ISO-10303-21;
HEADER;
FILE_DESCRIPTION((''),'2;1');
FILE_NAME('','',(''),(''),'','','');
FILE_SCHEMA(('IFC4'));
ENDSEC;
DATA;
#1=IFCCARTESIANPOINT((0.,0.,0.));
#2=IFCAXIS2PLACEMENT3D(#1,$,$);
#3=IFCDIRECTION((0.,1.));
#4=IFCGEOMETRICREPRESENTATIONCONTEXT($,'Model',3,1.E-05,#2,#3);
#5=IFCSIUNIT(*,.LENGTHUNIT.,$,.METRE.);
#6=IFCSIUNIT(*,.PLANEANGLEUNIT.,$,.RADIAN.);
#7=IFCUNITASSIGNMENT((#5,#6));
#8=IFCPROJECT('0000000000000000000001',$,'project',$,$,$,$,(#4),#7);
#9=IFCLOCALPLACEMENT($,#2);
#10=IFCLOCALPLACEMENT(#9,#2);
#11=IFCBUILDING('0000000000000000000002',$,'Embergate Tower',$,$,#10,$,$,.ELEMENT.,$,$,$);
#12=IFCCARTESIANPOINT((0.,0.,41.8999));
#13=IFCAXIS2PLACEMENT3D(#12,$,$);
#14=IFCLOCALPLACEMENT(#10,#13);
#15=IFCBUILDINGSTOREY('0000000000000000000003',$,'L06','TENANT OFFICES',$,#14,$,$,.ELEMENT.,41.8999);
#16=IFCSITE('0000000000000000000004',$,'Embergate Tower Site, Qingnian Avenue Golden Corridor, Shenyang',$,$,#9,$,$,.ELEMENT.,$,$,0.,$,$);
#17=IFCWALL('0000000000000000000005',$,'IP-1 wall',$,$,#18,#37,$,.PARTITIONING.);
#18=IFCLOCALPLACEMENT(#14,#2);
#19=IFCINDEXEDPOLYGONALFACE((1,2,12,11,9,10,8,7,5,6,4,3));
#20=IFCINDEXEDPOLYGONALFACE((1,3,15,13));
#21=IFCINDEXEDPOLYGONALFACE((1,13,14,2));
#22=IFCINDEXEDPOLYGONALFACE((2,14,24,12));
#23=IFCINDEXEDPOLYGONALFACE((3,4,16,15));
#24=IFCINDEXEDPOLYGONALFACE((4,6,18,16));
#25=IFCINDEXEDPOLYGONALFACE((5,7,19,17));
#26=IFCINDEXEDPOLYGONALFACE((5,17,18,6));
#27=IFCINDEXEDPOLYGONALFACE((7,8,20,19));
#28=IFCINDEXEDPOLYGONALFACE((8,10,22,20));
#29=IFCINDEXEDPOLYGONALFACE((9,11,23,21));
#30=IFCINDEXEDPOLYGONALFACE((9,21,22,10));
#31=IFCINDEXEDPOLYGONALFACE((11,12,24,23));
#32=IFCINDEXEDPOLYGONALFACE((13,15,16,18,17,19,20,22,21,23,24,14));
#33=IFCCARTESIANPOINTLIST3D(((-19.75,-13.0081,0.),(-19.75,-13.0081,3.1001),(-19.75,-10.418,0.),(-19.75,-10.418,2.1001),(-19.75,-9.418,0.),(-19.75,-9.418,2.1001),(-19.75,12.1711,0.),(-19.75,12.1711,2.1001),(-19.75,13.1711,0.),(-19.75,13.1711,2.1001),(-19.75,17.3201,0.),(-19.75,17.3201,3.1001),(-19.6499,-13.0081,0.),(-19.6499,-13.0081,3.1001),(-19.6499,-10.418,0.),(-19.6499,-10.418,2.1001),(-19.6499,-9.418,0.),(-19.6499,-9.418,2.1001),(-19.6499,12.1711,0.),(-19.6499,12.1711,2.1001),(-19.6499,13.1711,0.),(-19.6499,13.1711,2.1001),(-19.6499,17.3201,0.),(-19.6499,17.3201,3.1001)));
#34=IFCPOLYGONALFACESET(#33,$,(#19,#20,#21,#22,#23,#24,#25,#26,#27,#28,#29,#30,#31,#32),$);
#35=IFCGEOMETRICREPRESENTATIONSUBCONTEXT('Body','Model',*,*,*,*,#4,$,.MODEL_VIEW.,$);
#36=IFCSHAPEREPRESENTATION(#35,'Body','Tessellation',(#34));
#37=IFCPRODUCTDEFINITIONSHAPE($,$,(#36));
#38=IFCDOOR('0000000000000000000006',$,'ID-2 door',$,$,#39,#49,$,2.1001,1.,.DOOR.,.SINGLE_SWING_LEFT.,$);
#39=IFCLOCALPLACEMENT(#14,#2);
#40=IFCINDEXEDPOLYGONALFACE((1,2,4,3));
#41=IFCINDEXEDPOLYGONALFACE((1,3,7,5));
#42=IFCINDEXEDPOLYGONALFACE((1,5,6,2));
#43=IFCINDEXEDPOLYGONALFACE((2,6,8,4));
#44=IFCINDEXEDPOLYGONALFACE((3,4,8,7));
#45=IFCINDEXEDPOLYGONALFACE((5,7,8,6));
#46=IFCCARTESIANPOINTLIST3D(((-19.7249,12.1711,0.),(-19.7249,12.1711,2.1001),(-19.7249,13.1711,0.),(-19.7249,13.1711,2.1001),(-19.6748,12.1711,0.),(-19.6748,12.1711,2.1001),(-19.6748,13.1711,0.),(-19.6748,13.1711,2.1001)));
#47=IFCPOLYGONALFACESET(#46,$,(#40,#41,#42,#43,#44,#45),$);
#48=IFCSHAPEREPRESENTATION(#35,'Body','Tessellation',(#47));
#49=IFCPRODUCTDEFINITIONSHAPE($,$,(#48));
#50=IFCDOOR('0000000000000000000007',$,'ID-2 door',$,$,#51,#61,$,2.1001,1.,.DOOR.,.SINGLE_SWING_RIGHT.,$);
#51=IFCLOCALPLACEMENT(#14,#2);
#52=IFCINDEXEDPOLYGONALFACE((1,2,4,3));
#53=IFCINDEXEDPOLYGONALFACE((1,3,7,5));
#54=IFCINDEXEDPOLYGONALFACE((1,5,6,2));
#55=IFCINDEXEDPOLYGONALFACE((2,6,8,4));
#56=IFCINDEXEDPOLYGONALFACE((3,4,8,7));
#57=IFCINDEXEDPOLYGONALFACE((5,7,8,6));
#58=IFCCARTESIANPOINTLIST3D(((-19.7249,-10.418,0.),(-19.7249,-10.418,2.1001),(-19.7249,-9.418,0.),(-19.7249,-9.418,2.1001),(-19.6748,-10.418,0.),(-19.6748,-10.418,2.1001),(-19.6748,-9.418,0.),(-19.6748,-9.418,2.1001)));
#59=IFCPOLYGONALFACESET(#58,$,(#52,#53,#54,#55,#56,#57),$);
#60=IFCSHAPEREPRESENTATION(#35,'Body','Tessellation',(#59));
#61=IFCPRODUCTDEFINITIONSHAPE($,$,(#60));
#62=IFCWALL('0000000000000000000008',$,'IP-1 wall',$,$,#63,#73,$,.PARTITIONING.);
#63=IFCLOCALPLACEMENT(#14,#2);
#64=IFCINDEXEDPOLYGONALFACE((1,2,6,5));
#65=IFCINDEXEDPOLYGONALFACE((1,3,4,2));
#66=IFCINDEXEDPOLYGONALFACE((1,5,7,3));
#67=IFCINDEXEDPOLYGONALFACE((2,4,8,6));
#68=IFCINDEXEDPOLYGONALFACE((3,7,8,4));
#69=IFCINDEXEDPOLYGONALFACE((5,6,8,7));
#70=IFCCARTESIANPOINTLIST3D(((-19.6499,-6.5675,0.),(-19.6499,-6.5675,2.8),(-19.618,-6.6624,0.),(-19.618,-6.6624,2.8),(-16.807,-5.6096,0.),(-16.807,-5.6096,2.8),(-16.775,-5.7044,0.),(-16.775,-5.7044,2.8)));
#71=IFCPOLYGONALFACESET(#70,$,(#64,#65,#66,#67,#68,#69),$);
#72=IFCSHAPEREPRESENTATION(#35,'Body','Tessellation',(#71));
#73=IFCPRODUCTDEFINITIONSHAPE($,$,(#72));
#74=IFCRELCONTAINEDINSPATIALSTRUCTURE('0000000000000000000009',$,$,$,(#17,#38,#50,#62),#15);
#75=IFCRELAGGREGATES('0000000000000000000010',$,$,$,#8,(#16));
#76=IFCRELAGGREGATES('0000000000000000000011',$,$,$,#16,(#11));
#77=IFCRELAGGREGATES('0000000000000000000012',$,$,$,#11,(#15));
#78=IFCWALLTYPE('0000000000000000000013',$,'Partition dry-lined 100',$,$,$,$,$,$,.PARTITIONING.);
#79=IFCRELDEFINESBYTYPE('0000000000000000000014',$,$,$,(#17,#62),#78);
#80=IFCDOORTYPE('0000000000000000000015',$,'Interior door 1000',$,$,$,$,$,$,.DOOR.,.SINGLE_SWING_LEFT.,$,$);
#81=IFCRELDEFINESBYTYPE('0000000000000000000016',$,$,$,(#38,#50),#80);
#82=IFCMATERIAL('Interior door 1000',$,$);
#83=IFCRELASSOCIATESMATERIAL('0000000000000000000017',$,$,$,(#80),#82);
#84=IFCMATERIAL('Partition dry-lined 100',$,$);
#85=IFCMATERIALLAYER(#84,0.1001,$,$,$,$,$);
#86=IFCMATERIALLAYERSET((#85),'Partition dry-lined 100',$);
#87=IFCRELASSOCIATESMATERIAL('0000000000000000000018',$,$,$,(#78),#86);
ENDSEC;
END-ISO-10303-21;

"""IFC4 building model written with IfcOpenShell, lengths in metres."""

from ifc_helpers import new_model, si_unit, direction, frame, frame_2d, origin, place, context, subcontext, project, spatial, rectangle, extrude, source, transform, mapped, material, layer, layer_set, type_object, element, fill, save


model = new_model("IFC4")

# Units and contexts
model_context = context("Model", 3, precision=1e-05, world=origin(), true_north=direction((0.0, 1.0)))
body_context = subcontext(model_context, "Body", "Model", "MODEL_VIEW")
ifc_project = project(units=[si_unit("LENGTHUNIT", "METRE"), si_unit("PLANEANGLEUNIT", "RADIAN")], contexts=[model_context])

# Site, building, storey
site_placement = place(None, origin())
site = spatial("IfcSite", under=ifc_project, at=site_placement, Name="Embergate Tower Site, Qingnian Avenue Golden Corridor, Shenyang", CompositionType="ELEMENT", RefElevation=0.0)
building_placement = place(site_placement, origin())
building = spatial("IfcBuilding", under=site, at=building_placement, Name="Embergate Tower", CompositionType="ELEMENT")
storey_placement = place(building_placement, frame((0.0, 0.0, 41.8999)))
storey = spatial("IfcBuildingStorey", under=building, at=storey_placement, Name="L06", Description="TENANT OFFICES", CompositionType="ELEMENT", Elevation=41.8999)

# Shared definitions
ifc_material_1 = material(Name="Interior door 1000")
door_type_1 = type_object("IfcDoorType", Name="Interior door 1000", OperationType="SINGLE_SWING_LEFT", PredefinedType="DOOR", material=ifc_material_1)
shared_shape_1 = source(origin(), body_context, "Body", "SweptSolid", [
    extrude(rectangle(XDim=1.0, YDim=2.1001, at=frame_2d((0.5, 1.05))), frame((0.0, 0.0249, 0.0), z_axis=(0.0, -1.0, 0.0), x_axis=(1.0, 0.0, 0.0)), (0.0, 0.0, 1.0), 0.05),
])

# Shared definitions
ifc_material_2 = material(Name="Partition dry-lined 100")
ifc_layer_1 = layer(ifc_material_2, 0.1001)
ifc_layer_set_1 = layer_set([ifc_layer_1], Name="Partition dry-lined 100")
wall_type_1 = type_object("IfcWallType", Name="Partition dry-lined 100", PredefinedType="PARTITIONING", material=ifc_layer_set_1)

# Wall, openings, doors
shared_shape_2 = source(origin(), body_context, "Body", "SweptSolid", [
    extrude(rectangle(XDim=30.3281, YDim=0.1001, at=frame_2d((15.1641, 0.0))), origin(), (0.0, 0.0, 1.0), 3.1001),
])
wall_1_placement = place(storey_placement, frame((-19.7, -13.0081, 0.0), z_axis=(0.0, 0.0, 1.0), x_axis=(0.0, 1.0, 0.0)))
wall_1 = element("IfcWall", 1, at=wall_1_placement, inside=storey, type_object=wall_type_1, Name="IP-1 wall", PredefinedType="PARTITIONING", context=body_context, shape_type="MappedRepresentation", body=[
    mapped(shared_shape_2, transform((0.0, 0.0, 0.0))),
])
shared_shape_3 = source(origin(), body_context, "Body", "SweptSolid", [
    extrude(rectangle(XDim=1.0, YDim=2.1001, at=frame_2d((0.5, 1.05))), frame((0.0, 0.0601, 0.0), z_axis=(0.0, -1.0, 0.0), x_axis=(1.0, 0.0, 0.0)), (0.0, 0.0, 1.0), 0.1201),
])
opening_1_placement = place(wall_1_placement, frame((25.1792, 0.0, 0.0)))
opening_1 = element("IfcOpeningElement", 2, at=opening_1_placement, cuts=wall_1, PredefinedType="OPENING", context=body_context, shape_type="MappedRepresentation", body=[
    mapped(shared_shape_3, transform((0.0, 0.0, 0.0))),
])
opening_2_placement = place(wall_1_placement, frame((2.5901, 0.0, 0.0)))
opening_2 = element("IfcOpeningElement", 3, at=opening_2_placement, cuts=wall_1, PredefinedType="OPENING", context=body_context, shape_type="MappedRepresentation", body=[
    mapped(shared_shape_3, transform((0.0, 0.0, 0.0))),
])
door_1_placement = place(opening_1_placement, origin())
door_1 = element("IfcDoor", 4, at=door_1_placement, inside=storey, type_object=door_type_1, Name="ID-2 door", OperationType="SINGLE_SWING_LEFT", OverallHeight=2.1001, OverallWidth=1.0, PredefinedType="DOOR", context=body_context, shape_type="MappedRepresentation", body=[
    mapped(shared_shape_1, transform((0.0, 0.0, 0.0))),
])
fill(opening_1, door_1)
door_2_placement = place(opening_2_placement, origin())
door_2 = element("IfcDoor", 5, at=door_2_placement, inside=storey, type_object=door_type_1, Name="ID-2 door", OperationType="SINGLE_SWING_RIGHT", OverallHeight=2.1001, OverallWidth=1.0, PredefinedType="DOOR", context=body_context, shape_type="MappedRepresentation", body=[
    mapped(shared_shape_1, transform((0.0, 0.0, 0.0))),
])
fill(opening_2, door_2)

# Wall
shared_shape_4 = source(origin(), body_context, "Body", "SweptSolid", [
    extrude(rectangle(XDim=3.0, YDim=0.1001, at=frame_2d((1.5, 0.0))), origin(), (0.0, 0.0, 1.0), 2.8),
])
wall_2_placement = place(storey_placement, frame((-16.791, -5.657, 0.0), z_axis=(0.0, 0.0, 1.0), x_axis=(-0.947645, -0.319327, 0.0)))
element("IfcWall", 6, at=wall_2_placement, inside=storey, type_object=wall_type_1, Name="IP-1 wall", PredefinedType="PARTITIONING", context=body_context, shape_type="MappedRepresentation", body=[
    mapped(shared_shape_4, transform((0.0, 0.0, 0.0))),
])

save(model, "model.ifc")
